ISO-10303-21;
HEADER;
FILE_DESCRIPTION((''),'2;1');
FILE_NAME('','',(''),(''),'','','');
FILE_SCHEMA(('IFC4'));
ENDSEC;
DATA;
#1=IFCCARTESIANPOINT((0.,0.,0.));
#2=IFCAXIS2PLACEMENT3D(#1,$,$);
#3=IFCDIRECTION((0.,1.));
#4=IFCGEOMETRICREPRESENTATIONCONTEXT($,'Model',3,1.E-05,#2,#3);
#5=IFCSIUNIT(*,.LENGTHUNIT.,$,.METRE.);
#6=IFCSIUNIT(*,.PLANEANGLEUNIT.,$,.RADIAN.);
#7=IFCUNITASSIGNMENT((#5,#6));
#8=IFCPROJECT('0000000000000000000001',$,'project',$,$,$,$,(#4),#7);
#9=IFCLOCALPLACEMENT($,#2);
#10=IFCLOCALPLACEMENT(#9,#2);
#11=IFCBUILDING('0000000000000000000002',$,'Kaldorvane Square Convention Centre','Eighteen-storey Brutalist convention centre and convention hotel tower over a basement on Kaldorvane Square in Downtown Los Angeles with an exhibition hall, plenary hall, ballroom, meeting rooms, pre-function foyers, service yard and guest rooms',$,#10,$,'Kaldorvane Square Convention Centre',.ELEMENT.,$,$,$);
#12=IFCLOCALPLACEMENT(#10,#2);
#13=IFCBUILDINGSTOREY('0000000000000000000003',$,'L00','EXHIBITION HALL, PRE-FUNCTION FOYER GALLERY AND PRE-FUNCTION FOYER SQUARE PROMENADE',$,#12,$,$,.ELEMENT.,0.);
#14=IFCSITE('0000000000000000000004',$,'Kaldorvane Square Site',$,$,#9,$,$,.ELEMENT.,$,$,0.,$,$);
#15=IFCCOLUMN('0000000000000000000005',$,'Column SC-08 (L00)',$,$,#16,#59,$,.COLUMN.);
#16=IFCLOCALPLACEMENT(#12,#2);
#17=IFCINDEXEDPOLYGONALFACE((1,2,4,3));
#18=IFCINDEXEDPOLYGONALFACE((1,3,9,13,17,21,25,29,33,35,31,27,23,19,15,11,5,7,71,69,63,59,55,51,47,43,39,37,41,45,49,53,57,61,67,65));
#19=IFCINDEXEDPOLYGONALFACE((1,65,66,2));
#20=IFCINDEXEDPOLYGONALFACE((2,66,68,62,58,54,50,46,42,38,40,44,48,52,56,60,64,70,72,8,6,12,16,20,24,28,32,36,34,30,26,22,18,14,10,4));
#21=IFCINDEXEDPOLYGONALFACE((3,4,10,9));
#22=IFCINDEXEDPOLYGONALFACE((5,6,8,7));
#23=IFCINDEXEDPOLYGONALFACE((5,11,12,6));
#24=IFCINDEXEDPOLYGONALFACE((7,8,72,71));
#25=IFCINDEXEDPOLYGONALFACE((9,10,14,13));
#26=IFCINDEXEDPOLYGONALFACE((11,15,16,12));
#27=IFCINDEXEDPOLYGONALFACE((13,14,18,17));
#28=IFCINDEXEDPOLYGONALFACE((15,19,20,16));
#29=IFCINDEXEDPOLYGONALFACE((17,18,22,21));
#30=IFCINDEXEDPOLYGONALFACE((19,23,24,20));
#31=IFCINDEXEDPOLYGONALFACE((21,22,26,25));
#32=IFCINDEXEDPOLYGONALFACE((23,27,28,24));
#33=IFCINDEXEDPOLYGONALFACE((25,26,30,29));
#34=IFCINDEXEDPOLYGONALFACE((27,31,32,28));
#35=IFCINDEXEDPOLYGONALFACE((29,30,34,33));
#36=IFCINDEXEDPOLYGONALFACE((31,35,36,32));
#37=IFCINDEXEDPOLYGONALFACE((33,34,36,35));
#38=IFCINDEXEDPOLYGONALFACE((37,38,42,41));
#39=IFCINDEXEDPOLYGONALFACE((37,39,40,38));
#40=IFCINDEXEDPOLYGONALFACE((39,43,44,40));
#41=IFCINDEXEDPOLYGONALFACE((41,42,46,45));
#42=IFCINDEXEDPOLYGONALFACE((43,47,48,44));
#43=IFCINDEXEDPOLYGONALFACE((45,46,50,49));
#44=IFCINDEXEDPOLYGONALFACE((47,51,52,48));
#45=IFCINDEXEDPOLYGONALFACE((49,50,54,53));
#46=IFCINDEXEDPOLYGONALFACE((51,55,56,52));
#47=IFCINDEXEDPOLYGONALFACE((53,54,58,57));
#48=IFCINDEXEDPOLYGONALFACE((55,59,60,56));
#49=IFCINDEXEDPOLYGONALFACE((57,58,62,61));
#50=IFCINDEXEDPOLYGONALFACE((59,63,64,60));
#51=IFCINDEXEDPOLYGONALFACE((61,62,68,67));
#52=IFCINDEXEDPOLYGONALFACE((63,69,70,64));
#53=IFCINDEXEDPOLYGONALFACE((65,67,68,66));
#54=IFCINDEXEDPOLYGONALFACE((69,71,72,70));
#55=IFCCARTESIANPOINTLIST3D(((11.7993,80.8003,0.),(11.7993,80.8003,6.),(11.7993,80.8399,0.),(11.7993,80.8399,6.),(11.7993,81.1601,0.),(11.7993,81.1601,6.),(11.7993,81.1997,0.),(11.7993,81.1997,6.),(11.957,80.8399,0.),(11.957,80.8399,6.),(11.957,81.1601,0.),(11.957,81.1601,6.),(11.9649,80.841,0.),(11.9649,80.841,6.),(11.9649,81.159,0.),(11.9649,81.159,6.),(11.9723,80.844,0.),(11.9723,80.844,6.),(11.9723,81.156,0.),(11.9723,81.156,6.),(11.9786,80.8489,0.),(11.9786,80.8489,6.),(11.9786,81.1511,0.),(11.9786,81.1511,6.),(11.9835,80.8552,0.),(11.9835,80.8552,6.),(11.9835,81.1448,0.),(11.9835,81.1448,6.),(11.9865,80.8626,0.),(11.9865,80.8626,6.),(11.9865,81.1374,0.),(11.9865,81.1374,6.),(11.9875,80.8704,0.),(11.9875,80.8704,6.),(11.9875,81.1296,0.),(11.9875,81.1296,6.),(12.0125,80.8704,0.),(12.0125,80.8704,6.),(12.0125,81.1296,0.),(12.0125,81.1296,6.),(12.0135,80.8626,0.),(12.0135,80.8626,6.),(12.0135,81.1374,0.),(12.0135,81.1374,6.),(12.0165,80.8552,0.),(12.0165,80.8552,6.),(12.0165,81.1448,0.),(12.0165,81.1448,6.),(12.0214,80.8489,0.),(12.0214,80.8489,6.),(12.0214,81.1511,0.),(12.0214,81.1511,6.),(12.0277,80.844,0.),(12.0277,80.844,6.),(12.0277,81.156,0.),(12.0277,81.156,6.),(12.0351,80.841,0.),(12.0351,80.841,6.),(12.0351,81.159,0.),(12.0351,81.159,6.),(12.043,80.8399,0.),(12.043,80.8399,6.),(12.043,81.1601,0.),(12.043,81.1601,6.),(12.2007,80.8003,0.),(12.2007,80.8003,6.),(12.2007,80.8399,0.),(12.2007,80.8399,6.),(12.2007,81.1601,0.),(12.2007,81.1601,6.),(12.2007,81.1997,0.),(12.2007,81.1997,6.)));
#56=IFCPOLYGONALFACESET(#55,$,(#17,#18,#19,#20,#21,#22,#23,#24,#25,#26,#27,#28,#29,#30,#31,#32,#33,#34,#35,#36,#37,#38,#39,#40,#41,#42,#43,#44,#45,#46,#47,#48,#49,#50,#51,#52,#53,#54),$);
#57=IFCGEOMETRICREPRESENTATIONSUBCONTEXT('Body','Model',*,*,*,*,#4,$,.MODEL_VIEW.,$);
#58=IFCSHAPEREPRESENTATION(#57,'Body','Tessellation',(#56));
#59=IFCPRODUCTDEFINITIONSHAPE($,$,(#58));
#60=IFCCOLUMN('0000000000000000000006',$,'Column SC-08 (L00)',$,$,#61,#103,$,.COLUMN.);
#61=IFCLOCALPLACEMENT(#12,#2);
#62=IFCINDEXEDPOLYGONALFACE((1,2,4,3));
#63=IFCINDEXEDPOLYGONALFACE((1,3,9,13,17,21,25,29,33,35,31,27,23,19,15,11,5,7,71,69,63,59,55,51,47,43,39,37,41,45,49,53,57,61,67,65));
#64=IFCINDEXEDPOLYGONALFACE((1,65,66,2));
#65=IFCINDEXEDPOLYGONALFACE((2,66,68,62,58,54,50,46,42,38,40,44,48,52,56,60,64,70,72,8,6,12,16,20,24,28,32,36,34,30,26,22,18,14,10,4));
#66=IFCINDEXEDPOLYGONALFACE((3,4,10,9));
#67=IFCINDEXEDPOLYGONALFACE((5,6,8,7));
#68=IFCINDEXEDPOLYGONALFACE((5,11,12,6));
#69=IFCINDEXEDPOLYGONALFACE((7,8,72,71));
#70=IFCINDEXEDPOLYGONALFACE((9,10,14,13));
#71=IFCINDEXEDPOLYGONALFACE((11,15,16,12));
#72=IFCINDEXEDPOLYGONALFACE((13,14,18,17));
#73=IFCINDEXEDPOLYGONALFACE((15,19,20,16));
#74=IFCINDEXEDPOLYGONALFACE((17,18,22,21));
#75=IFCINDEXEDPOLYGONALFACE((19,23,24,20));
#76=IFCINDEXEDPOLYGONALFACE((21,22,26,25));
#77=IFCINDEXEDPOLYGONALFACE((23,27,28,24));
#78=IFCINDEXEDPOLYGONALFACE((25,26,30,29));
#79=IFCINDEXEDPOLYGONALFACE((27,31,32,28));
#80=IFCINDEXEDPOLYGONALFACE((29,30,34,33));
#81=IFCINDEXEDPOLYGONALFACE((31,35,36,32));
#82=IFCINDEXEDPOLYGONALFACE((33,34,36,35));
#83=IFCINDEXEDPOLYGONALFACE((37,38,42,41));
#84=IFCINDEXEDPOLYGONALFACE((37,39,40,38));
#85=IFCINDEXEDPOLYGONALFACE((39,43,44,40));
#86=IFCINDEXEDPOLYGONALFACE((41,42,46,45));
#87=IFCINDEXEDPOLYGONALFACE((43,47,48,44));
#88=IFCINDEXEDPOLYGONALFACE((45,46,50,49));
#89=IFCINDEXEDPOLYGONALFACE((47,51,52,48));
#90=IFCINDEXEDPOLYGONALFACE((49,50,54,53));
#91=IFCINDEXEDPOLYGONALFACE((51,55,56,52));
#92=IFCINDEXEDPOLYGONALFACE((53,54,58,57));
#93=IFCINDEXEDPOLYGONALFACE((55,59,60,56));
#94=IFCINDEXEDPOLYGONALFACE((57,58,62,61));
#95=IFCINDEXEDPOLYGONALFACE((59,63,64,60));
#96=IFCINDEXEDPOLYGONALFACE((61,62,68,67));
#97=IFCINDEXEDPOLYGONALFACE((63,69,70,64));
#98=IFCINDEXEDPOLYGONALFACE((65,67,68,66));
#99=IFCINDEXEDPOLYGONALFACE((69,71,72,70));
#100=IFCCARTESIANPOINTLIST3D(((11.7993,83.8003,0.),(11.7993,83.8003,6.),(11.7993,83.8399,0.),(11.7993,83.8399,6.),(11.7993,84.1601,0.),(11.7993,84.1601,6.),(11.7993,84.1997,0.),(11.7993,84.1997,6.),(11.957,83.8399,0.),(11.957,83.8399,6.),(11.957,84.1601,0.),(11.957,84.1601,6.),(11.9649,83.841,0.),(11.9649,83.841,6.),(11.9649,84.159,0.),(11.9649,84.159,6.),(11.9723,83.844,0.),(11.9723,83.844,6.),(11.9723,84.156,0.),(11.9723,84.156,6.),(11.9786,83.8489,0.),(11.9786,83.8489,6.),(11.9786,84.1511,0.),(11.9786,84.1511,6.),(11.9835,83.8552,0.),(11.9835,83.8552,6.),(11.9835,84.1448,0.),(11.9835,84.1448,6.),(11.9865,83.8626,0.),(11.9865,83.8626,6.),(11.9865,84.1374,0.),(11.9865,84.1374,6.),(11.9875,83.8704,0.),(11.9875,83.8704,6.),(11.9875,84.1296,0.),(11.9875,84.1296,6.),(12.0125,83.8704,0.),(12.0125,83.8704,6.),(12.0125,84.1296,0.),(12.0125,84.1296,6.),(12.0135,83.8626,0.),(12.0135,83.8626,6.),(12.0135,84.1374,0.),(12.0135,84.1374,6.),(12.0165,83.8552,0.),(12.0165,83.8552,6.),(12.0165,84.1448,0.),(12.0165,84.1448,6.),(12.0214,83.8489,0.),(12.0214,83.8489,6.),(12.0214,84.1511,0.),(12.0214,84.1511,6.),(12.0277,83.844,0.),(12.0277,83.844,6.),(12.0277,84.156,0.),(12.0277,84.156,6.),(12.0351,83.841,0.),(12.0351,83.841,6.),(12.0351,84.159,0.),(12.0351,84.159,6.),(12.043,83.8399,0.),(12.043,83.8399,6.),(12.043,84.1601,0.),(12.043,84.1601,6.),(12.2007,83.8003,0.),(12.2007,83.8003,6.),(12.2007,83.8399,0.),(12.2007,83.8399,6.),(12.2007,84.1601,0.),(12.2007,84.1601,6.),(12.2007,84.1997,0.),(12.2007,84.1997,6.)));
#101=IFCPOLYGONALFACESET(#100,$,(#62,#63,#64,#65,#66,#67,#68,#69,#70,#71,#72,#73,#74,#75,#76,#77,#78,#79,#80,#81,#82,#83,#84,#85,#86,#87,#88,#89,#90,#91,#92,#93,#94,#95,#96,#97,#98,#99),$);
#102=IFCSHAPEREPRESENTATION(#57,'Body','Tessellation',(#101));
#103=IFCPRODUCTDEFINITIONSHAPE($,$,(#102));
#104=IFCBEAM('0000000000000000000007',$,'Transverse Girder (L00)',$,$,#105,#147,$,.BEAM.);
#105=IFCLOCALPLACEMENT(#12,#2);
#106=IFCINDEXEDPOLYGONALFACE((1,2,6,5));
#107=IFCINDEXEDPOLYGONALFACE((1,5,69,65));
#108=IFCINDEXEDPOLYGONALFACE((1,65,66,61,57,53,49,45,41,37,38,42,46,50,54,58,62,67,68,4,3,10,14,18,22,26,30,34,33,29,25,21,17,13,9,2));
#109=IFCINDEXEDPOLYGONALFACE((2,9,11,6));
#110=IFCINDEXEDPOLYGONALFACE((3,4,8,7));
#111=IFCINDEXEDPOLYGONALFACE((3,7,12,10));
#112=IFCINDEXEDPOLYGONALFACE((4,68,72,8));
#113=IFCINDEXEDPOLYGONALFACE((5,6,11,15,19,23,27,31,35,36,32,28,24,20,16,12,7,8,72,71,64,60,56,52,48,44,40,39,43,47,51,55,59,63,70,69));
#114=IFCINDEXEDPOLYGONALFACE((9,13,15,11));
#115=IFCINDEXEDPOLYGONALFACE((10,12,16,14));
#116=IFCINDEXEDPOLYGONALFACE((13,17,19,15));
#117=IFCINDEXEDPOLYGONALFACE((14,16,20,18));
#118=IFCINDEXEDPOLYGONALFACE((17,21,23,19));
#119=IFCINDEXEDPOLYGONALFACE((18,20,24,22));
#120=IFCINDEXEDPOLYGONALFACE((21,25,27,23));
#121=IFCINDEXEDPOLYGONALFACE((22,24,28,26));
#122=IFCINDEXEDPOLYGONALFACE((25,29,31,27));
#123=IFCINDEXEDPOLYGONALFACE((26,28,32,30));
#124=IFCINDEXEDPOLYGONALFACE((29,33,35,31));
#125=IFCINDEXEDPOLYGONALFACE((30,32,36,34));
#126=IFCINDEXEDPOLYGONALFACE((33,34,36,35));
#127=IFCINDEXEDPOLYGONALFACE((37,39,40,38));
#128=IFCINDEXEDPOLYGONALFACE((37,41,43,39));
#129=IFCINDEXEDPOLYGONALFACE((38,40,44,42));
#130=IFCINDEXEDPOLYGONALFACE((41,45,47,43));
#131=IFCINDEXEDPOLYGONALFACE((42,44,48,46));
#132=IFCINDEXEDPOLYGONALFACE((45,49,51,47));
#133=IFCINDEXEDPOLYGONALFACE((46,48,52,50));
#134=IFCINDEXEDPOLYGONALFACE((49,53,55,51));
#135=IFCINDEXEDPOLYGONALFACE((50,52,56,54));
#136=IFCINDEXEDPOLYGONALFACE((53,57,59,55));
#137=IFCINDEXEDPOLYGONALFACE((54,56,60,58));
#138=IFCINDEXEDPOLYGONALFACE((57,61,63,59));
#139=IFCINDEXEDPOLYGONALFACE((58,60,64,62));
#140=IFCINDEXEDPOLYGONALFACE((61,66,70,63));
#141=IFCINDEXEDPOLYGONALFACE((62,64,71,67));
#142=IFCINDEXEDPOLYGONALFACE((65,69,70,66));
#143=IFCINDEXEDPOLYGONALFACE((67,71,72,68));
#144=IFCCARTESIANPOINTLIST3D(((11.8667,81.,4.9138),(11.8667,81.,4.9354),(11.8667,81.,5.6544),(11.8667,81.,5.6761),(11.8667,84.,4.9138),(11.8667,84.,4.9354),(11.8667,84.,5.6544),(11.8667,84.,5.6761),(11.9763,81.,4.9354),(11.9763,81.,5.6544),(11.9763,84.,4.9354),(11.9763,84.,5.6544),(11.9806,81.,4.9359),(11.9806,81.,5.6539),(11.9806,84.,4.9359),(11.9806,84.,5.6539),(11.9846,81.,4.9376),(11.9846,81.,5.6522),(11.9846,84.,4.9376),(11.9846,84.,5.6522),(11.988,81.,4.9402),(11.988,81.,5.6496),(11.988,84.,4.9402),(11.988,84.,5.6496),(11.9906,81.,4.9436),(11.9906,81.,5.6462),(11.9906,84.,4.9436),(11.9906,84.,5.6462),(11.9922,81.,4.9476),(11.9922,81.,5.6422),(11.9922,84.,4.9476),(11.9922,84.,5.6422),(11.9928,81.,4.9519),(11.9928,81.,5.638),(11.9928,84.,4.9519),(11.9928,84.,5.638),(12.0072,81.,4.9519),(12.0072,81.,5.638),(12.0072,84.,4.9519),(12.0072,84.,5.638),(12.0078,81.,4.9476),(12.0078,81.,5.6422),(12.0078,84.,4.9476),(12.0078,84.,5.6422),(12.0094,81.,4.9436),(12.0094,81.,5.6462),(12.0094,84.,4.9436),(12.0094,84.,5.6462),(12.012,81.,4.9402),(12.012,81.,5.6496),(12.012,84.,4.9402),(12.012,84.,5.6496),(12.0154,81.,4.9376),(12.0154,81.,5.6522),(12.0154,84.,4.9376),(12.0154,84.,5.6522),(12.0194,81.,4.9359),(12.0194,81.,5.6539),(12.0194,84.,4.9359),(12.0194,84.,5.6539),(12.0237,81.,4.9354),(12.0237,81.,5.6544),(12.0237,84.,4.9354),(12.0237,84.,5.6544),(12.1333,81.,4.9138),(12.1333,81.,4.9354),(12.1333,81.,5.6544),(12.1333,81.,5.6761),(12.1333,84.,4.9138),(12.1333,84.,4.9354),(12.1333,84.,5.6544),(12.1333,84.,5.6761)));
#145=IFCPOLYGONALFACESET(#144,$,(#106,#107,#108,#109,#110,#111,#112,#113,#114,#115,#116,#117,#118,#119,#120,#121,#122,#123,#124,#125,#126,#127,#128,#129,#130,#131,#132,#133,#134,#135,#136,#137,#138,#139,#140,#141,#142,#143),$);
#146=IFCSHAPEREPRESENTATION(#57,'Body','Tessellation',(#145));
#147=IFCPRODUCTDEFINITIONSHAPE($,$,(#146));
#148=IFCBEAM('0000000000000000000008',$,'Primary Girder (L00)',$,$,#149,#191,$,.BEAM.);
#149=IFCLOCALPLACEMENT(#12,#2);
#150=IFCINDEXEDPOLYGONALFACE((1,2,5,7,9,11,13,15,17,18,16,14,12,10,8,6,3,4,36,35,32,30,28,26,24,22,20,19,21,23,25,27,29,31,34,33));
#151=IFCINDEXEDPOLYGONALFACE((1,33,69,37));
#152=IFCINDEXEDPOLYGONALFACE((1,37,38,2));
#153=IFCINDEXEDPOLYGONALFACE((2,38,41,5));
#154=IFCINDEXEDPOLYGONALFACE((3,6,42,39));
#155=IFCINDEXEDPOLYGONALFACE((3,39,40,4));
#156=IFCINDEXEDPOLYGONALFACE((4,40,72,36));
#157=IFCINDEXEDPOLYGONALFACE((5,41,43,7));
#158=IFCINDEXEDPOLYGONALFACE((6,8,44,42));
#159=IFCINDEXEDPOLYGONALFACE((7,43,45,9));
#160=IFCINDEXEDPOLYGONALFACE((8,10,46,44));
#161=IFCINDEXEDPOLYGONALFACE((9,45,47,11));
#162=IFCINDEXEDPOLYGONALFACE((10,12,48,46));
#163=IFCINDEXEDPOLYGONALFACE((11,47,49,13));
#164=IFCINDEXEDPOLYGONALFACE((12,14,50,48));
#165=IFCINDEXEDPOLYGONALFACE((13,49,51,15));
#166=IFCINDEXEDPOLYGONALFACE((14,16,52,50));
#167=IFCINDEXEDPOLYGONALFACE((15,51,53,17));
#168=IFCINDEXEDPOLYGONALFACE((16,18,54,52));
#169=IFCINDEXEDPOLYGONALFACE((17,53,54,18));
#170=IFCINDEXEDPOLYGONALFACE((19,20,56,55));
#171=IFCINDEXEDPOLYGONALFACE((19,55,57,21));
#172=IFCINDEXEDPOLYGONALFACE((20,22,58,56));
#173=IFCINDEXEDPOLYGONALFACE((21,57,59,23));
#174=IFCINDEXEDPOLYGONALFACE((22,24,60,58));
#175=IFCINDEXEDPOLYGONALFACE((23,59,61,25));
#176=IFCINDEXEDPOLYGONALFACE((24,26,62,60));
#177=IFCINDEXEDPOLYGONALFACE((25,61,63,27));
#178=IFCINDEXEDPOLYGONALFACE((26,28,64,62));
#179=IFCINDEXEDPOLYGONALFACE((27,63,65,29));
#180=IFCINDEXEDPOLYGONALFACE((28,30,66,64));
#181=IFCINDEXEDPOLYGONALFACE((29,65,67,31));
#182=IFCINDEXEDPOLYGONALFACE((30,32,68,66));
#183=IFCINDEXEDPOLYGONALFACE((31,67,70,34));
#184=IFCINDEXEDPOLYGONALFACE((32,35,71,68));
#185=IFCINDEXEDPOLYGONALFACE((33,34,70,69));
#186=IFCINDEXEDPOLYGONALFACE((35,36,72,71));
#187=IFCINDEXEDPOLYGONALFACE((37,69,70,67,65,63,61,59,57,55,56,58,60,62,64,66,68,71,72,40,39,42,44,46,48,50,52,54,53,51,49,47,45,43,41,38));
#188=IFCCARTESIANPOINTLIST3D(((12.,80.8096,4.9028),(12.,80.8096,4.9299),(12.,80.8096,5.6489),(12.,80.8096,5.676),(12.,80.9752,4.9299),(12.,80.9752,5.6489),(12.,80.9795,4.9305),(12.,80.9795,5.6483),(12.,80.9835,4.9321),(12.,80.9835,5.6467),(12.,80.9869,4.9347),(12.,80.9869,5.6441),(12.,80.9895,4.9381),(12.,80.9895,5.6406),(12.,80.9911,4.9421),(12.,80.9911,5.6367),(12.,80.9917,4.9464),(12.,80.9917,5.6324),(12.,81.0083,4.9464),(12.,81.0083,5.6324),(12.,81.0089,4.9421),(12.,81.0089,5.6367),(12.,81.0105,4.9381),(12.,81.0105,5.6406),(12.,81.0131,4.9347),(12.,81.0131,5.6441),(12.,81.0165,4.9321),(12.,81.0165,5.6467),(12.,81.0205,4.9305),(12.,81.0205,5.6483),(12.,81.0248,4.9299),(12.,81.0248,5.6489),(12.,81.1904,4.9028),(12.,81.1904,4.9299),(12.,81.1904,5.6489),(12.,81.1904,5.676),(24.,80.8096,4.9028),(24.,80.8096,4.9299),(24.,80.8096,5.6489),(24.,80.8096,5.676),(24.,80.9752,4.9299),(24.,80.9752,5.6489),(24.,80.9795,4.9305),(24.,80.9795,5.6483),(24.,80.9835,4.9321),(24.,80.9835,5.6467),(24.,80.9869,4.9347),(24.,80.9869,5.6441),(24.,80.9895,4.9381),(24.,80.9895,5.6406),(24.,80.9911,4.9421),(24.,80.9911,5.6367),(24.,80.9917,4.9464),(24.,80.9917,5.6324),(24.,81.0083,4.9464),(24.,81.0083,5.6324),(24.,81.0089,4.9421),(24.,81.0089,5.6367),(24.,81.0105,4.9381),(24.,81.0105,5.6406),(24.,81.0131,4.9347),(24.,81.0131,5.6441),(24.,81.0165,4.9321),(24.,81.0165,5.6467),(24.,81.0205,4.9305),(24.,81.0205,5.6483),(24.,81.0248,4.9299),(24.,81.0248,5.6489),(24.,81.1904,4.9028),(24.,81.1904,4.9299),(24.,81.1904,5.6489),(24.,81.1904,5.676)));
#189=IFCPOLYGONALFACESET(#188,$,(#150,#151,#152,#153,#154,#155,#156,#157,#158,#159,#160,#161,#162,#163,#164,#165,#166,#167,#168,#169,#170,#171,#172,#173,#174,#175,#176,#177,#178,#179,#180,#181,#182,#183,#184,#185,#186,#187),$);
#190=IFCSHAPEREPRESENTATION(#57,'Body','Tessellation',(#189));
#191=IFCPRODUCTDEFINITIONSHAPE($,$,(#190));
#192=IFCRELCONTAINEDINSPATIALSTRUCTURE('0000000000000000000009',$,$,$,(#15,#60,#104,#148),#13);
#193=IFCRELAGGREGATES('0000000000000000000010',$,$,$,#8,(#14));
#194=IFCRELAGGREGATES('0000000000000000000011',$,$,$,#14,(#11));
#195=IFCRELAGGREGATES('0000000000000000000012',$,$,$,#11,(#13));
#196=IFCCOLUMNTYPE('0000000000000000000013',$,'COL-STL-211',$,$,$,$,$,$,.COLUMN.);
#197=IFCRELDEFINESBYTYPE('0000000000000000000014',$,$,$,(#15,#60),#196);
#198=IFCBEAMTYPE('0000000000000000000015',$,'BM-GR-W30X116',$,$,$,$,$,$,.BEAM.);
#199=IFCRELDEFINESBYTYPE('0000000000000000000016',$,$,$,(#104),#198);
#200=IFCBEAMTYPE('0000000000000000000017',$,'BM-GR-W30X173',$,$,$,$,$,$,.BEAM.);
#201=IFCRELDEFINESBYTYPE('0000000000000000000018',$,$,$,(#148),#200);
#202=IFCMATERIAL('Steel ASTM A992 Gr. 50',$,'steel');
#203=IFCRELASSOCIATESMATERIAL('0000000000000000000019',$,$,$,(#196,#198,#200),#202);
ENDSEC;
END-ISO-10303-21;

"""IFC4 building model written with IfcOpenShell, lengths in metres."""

from ifc_helpers import new_model, si_unit, direction, frame, origin, origin_2d, place, context, subcontext, project, spatial, i_section, extrude, material, material_profile, profile_set, type_object, element, save


model = new_model("IFC4")

# Units and contexts
model_context = context("Model", 3, precision=1e-05, world=origin(), true_north=direction((0.0, 1.0)))
body_context = subcontext(model_context, "Body", "Model", "MODEL_VIEW")
ifc_project = project(units=[si_unit("LENGTHUNIT", "METRE"), si_unit("PLANEANGLEUNIT", "RADIAN")], contexts=[model_context])

# Site, building, storey
site_placement = place(None, origin())
site = spatial("IfcSite", under=ifc_project, at=site_placement, Name="Kaldorvane Square Site", CompositionType="ELEMENT", RefElevation=0.0)
building_placement = place(site_placement, origin())
building = spatial("IfcBuilding", under=site, at=building_placement, Name="Kaldorvane Square Convention Centre", Description="Eighteen-storey Brutalist convention centre and convention hotel tower over a basement on Kaldorvane Square in Downtown Los Angeles with an exhibition hall, plenary hall, ballroom, meeting rooms, pre-function foyers, service yard and guest rooms", LongName="Kaldorvane Square Convention Centre", CompositionType="ELEMENT")
storey_placement = place(building_placement, origin())
storey = spatial("IfcBuildingStorey", under=building, at=storey_placement, Name="L00", Description="EXHIBITION HALL, PRE-FUNCTION FOYER GALLERY AND PRE-FUNCTION FOYER SQUARE PROMENADE", CompositionType="ELEMENT", Elevation=0.0)

# Columns
ifc_material_1 = material(Name="Steel ASTM A992 Gr. 50", Category="steel")
ifc_material_profile_1 = material_profile(ifc_material_1, i_section(OverallWidth=0.4013, OverallDepth=0.3993, WebThickness=0.0249, FlangeThickness=0.0396, FilletRadius=0.0305, at=origin_2d()), Name="W14X211")
ifc_profile_set_1 = profile_set([ifc_material_profile_1], Name="Steel ASTM A992 Gr. 50")
column_type = type_object("IfcColumnType", Name="COL-STL-211", PredefinedType="COLUMN", material=ifc_profile_set_1)
for number, where, z_axis, x_axis, name in (
    (1, (12.0, 81.0, 0.0), (0.0, 0.0, 1.0), (1.0, 0.0, 0.0), "Column SC-08 (L00)"),
    (2, (12.0, 84.0, 0.0), (0.0, 0.0, 1.0), (1.0, 0.0, 0.0), "Column SC-08 (L00)"),
):
    element("IfcColumn", number, at=place(storey_placement, frame(where, z_axis=z_axis, x_axis=x_axis)), inside=storey, type_object=column_type, Name=name, PredefinedType="COLUMN", context=body_context, shape_type="SweptSolid", body=[
        extrude(i_section(OverallWidth=0.4013, OverallDepth=0.3993, WebThickness=0.0249, FlangeThickness=0.0396, FilletRadius=0.0305, at=origin_2d()), origin(), (0.0, 0.0, 1.0), 6.0),
    ])

# Beams
ifc_material_profile_2 = material_profile(ifc_material_1, i_section(OverallWidth=0.2666, OverallDepth=0.7623, WebThickness=0.0144, FlangeThickness=0.0216, FilletRadius=0.0165, at=origin_2d()), Name="W30X116")
ifc_profile_set_2 = profile_set([ifc_material_profile_2], Name="Steel ASTM A992 Gr. 50")
beam_type_1 = type_object("IfcBeamType", Name="BM-GR-W30X116", PredefinedType="BEAM", material=ifc_profile_set_2)
beam_1_placement = place(storey_placement, frame((12.0, 81.0, 5.2949), z_axis=(0.0, 1.0, 0.0), x_axis=(-1.0, 0.0, 0.0)))
element("IfcBeam", 3, at=beam_1_placement, inside=storey, type_object=beam_type_1, Name="Transverse Girder (L00)", PredefinedType="BEAM", context=body_context, shape_type="SweptSolid", body=[
    extrude(i_section(OverallWidth=0.2666, OverallDepth=0.7623, WebThickness=0.0144, FlangeThickness=0.0216, FilletRadius=0.0165, at=origin_2d()), origin(), (0.0, 0.0, 1.0), 3.0),
])
ifc_material_profile_3 = material_profile(ifc_material_1, i_section(OverallWidth=0.3807, OverallDepth=0.7732, WebThickness=0.0166, FlangeThickness=0.0271, FilletRadius=0.0165, at=origin_2d()), Name="W30X173")
ifc_profile_set_3 = profile_set([ifc_material_profile_3], Name="Steel ASTM A992 Gr. 50")
beam_type_2 = type_object("IfcBeamType", Name="BM-GR-W30X173", PredefinedType="BEAM", material=ifc_profile_set_3)
for number, where, z_axis, x_axis, name in (
    (4, (12.0, 81.0, 5.2894), (1.0, 0.0, 0.0), (0.0, 1.0, 0.0), "Primary Girder (L00)"),
):
    element("IfcBeam", number, at=place(storey_placement, frame(where, z_axis=z_axis, x_axis=x_axis)), inside=storey, type_object=beam_type_2, Name=name, PredefinedType="BEAM", context=body_context, shape_type="SweptSolid", body=[
        extrude(i_section(OverallWidth=0.3807, OverallDepth=0.7732, WebThickness=0.0166, FlangeThickness=0.0271, FilletRadius=0.0165, at=origin_2d()), origin(), (0.0, 0.0, 1.0), 12.0),
    ])

save(model, "model.ifc")
